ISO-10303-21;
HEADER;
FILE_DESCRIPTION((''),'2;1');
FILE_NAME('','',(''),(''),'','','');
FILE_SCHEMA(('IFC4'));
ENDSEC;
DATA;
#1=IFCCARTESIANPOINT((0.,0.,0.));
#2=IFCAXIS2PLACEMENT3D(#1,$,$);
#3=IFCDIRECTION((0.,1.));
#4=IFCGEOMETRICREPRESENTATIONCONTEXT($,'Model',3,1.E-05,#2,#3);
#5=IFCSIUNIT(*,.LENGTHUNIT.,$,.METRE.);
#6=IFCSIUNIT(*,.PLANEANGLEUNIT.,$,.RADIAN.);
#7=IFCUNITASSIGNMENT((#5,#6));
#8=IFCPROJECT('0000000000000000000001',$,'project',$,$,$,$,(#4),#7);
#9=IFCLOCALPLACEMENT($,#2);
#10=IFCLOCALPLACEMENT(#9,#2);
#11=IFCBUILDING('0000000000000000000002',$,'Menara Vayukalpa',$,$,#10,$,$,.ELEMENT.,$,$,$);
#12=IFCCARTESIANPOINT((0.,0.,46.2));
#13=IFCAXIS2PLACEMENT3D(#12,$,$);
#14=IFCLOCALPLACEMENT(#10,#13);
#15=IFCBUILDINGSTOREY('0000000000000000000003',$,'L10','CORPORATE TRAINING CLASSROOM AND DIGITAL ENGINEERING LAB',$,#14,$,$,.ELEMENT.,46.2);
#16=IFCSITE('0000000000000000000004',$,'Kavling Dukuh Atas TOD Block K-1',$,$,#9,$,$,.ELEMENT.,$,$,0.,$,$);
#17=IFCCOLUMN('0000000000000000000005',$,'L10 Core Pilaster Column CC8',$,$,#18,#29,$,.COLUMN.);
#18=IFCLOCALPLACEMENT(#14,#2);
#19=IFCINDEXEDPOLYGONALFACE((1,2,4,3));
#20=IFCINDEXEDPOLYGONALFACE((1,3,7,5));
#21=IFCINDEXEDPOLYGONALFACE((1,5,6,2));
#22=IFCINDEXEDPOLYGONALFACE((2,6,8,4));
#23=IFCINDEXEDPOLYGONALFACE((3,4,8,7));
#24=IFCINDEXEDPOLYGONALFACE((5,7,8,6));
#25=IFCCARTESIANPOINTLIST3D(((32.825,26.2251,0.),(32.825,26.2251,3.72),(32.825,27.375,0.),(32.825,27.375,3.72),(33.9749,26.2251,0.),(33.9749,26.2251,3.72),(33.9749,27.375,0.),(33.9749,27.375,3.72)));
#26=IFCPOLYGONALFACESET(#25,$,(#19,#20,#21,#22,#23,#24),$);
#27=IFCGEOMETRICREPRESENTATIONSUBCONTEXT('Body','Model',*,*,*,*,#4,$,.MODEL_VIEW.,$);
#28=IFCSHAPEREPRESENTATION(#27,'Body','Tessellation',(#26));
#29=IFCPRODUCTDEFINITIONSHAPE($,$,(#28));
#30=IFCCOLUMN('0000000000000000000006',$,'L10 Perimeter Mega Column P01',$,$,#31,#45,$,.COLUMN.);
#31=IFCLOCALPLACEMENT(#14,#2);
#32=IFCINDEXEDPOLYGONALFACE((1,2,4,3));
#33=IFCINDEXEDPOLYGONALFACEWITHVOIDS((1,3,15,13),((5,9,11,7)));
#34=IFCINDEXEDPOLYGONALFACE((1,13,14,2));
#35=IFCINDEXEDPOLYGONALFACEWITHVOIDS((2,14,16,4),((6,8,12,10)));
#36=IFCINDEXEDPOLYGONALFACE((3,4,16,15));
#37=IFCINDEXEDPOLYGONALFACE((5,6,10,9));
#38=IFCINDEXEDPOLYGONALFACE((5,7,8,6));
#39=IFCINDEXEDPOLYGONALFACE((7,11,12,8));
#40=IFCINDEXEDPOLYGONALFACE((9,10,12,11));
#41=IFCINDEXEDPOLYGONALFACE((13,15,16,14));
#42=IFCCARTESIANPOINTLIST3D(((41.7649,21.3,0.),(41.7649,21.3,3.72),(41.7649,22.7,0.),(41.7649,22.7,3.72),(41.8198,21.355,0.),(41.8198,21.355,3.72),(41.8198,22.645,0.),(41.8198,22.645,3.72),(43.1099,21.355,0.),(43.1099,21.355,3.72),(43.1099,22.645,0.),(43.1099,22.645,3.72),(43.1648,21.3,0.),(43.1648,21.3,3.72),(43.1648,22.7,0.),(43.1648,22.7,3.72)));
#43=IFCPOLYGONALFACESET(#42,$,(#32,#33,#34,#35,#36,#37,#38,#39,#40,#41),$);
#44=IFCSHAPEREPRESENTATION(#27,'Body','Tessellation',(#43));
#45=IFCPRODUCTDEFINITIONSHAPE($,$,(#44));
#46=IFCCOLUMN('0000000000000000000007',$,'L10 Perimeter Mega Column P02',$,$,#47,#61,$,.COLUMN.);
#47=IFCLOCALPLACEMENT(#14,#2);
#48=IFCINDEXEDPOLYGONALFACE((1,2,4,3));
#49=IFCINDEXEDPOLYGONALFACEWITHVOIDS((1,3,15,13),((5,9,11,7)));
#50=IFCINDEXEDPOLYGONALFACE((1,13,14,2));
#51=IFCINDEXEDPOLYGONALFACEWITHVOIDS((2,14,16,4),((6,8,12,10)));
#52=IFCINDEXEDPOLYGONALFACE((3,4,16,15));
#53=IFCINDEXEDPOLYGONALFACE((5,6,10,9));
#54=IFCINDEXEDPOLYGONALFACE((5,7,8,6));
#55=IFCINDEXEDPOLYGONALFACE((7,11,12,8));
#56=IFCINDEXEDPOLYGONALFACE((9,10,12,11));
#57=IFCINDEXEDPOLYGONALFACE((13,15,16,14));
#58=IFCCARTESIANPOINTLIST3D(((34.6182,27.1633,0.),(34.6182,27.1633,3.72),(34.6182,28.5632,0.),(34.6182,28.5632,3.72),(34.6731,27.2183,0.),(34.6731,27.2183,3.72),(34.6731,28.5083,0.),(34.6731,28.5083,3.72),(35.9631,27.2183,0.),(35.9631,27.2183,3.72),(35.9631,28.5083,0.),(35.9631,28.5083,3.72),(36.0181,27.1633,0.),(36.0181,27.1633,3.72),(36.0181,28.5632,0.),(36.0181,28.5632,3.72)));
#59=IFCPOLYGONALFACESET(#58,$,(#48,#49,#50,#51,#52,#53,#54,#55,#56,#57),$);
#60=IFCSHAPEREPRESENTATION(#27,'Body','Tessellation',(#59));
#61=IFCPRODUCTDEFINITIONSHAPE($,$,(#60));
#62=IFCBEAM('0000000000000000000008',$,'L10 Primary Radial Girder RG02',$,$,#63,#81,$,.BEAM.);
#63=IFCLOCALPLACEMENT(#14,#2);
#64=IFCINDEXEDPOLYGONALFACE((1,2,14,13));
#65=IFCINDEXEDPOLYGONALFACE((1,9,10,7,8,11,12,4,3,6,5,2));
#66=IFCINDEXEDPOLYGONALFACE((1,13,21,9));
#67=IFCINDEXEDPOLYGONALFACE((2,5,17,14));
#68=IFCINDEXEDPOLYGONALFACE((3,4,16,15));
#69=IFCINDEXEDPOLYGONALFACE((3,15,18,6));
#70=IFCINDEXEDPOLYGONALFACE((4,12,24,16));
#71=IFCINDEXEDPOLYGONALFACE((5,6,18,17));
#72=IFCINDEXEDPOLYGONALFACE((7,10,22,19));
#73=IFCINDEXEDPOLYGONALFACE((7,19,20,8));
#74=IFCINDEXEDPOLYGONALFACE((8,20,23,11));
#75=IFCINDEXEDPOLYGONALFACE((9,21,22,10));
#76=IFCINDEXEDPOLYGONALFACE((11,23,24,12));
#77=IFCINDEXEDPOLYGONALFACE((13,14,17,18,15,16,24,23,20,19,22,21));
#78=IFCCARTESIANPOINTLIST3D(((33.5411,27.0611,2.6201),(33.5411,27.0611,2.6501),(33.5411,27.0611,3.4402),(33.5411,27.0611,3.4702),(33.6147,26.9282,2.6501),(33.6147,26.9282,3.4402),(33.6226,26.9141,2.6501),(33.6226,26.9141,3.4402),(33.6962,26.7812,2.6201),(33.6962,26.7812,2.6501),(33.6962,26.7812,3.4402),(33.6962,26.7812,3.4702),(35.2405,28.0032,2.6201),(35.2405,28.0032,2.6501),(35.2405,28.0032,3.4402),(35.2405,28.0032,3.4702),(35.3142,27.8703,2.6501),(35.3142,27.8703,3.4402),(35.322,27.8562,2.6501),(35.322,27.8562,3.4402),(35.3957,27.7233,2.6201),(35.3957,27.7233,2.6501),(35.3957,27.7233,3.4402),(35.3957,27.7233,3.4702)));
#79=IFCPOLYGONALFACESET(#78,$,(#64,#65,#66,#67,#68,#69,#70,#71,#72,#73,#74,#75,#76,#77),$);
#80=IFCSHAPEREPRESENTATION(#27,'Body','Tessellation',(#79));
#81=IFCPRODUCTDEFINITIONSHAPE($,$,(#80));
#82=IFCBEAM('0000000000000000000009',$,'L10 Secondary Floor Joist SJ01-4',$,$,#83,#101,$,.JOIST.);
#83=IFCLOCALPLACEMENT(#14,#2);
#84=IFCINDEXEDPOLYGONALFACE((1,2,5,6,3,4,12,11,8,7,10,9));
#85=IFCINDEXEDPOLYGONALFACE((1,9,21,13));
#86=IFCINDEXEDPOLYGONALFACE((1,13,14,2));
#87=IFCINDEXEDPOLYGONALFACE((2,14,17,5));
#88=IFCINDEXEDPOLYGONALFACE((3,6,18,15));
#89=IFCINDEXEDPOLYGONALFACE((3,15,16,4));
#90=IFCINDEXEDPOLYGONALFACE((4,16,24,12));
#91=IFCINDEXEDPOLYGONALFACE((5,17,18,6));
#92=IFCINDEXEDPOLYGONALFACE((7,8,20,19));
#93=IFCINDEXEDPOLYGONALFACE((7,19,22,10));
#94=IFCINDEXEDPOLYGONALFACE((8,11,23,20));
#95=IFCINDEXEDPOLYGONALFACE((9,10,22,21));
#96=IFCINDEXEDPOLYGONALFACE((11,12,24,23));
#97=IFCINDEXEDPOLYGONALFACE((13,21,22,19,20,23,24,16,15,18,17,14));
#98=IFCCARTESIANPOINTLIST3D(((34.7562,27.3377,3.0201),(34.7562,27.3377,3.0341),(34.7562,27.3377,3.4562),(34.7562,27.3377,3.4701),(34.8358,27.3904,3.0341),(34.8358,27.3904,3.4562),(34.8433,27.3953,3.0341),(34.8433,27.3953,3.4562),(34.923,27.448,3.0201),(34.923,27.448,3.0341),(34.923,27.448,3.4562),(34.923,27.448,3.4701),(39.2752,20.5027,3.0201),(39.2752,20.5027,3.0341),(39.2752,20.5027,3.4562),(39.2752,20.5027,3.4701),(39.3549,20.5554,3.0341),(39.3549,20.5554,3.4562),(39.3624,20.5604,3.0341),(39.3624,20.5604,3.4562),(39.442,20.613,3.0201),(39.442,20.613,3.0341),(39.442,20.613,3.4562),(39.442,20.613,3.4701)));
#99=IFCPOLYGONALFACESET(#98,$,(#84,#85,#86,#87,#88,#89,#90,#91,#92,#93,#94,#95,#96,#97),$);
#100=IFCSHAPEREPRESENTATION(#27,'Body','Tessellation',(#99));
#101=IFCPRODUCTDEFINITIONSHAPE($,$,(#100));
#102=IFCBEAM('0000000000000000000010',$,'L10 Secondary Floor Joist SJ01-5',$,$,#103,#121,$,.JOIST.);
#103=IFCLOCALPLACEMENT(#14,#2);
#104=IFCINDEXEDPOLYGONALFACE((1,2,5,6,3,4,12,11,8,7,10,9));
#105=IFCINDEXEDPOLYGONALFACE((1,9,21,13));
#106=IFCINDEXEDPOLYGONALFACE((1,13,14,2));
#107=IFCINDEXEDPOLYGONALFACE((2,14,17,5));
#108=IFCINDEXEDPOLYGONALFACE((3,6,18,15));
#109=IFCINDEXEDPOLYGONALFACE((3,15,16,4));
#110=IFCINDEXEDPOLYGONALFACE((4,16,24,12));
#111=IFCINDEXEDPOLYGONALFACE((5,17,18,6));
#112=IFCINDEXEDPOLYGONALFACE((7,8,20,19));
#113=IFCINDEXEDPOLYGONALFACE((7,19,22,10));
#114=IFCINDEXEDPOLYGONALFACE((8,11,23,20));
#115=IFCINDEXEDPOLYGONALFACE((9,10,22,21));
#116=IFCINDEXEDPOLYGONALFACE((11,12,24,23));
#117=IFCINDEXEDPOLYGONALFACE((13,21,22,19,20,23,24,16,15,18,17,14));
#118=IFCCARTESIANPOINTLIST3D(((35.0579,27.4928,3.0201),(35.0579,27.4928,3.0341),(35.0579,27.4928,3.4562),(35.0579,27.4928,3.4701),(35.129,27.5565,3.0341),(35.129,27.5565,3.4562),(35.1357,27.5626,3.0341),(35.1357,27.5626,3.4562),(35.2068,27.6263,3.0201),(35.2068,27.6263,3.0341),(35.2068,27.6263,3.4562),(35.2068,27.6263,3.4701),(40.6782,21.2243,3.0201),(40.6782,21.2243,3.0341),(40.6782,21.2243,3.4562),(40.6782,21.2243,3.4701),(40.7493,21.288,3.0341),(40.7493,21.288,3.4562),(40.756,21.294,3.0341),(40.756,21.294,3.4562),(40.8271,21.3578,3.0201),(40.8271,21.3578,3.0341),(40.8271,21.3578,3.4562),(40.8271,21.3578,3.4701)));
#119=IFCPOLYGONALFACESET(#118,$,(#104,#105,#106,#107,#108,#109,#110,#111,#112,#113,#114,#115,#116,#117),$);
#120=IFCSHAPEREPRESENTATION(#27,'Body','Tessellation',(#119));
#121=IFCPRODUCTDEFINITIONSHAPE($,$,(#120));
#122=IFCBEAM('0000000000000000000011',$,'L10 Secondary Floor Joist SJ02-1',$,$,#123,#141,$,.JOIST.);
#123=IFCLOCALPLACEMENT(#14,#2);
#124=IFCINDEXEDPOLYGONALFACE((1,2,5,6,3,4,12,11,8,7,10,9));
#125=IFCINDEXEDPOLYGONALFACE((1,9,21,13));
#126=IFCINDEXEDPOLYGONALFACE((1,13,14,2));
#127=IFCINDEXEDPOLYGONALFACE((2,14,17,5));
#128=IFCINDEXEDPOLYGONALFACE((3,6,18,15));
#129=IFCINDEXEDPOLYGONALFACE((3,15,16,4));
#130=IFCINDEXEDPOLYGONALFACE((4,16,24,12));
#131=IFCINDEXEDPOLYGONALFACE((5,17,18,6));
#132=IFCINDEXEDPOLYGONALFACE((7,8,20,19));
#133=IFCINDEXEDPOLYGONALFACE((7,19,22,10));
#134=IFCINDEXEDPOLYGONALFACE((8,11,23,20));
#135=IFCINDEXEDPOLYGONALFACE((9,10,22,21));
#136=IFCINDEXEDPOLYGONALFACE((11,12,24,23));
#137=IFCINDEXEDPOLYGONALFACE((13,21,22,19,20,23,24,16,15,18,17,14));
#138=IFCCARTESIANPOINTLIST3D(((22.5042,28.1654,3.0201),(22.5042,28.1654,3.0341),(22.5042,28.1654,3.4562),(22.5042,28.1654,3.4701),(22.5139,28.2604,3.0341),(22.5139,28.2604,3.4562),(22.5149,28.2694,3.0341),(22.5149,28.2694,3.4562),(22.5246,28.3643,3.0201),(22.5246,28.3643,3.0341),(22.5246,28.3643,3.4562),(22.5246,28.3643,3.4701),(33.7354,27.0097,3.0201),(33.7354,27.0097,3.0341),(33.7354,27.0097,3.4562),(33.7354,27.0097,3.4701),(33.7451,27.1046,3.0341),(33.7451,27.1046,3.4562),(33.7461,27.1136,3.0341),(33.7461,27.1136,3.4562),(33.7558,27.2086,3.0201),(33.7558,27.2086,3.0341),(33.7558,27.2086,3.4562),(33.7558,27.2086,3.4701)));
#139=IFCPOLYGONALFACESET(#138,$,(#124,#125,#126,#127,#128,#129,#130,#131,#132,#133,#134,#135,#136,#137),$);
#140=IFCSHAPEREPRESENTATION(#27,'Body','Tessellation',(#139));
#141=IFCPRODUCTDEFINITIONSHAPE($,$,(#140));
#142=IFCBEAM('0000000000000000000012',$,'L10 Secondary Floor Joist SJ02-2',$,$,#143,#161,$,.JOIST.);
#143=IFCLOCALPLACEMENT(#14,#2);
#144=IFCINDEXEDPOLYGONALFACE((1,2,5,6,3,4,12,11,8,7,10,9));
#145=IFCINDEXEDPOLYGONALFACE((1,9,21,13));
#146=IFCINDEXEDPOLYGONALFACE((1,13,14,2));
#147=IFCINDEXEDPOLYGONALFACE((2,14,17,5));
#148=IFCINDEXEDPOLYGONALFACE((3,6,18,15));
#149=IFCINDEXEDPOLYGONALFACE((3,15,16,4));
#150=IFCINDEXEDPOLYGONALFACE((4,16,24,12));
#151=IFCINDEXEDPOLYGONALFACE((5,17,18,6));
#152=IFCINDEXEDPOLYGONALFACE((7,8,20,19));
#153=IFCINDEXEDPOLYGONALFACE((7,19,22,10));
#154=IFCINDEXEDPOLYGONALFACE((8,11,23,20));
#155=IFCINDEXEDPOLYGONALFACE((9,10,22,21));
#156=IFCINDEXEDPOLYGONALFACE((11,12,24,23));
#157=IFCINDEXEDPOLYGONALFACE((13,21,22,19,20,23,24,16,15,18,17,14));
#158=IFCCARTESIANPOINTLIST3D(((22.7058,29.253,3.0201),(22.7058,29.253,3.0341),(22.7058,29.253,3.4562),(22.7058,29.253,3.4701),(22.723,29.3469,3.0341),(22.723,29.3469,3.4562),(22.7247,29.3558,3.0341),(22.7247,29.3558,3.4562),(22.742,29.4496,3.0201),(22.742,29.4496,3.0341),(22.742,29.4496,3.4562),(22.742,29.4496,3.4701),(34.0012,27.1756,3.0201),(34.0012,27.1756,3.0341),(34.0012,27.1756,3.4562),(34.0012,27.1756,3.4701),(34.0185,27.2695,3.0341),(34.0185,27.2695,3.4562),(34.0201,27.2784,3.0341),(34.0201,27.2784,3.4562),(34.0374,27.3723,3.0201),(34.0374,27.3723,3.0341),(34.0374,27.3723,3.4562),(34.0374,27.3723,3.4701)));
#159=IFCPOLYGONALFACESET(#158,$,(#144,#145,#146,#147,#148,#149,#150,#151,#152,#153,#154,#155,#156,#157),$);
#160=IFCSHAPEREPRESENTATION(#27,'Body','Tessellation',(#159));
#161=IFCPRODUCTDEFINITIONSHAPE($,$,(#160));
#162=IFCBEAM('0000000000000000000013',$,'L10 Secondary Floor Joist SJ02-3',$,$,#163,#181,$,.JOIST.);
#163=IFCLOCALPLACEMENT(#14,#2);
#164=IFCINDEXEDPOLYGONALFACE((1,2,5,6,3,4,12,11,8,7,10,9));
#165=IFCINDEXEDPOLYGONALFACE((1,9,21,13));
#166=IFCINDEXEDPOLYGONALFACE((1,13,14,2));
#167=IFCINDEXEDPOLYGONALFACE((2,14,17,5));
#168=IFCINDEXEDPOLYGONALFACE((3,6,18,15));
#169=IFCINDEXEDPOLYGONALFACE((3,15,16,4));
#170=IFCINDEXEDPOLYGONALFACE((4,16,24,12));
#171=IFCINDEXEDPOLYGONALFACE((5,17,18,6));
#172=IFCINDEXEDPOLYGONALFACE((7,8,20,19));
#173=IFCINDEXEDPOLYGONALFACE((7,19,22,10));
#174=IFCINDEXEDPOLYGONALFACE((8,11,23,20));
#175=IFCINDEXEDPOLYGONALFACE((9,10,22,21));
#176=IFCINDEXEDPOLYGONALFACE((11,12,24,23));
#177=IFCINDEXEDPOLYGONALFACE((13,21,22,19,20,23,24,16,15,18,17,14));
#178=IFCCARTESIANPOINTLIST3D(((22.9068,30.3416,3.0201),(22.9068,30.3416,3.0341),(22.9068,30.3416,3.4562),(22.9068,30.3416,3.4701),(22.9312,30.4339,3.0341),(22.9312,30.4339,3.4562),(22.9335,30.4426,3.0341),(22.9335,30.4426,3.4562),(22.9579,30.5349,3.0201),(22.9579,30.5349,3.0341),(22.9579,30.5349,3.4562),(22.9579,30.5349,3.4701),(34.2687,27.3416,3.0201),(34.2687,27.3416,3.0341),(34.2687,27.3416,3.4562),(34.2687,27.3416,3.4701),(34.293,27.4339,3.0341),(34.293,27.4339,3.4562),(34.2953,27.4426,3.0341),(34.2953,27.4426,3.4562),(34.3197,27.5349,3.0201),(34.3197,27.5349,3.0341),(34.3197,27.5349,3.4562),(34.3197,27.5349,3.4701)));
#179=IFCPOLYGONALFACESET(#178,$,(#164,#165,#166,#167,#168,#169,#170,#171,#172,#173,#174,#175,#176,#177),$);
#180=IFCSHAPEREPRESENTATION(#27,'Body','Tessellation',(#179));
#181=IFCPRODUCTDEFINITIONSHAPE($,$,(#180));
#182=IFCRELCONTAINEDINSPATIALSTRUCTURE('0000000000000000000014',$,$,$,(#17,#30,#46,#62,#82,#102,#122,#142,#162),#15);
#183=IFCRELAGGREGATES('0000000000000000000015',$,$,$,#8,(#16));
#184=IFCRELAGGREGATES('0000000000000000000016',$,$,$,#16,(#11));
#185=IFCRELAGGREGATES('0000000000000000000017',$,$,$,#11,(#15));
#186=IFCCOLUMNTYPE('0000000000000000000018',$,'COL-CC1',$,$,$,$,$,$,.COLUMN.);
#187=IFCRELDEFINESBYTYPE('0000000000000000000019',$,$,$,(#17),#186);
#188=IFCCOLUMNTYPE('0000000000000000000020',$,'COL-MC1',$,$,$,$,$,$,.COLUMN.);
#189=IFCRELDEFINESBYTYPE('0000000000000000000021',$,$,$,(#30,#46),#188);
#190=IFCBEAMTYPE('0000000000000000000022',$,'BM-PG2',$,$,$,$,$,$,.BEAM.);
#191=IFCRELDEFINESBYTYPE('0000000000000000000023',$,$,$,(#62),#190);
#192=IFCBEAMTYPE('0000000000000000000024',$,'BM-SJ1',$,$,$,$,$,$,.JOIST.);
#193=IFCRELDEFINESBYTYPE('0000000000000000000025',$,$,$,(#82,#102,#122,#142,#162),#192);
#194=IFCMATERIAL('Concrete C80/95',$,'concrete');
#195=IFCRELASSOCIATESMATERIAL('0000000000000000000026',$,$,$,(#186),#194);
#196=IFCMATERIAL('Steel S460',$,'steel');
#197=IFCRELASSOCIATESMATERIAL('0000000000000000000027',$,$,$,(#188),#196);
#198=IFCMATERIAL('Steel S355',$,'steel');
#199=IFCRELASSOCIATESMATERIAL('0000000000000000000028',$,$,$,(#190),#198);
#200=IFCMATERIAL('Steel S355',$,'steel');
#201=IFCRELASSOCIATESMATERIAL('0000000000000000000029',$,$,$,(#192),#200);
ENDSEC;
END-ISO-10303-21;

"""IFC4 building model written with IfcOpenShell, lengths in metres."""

from ifc_helpers import new_model, si_unit, direction, frame, origin, origin_2d, place, context, subcontext, project, spatial, rectangle, hollow_rectangle, i_section, extrude, material, material_profile, profile_set, type_object, element, save


model = new_model("IFC4")

# Units and contexts
model_context = context("Model", 3, precision=1e-05, world=origin(), true_north=direction((0.0, 1.0)))
body_context = subcontext(model_context, "Body", "Model", "MODEL_VIEW")
ifc_project = project(units=[si_unit("LENGTHUNIT", "METRE"), si_unit("PLANEANGLEUNIT", "RADIAN")], contexts=[model_context])

# Site, building, storey
site_placement = place(None, origin())
site = spatial("IfcSite", under=ifc_project, at=site_placement, Name="Kavling Dukuh Atas TOD Block K-1", CompositionType="ELEMENT", RefElevation=0.0)
building_placement = place(site_placement, origin())
building = spatial("IfcBuilding", under=site, at=building_placement, Name="Menara Vayukalpa", CompositionType="ELEMENT")
storey_placement = place(building_placement, frame((0.0, 0.0, 46.2)))
storey = spatial("IfcBuildingStorey", under=building, at=storey_placement, Name="L10", Description="CORPORATE TRAINING CLASSROOM AND DIGITAL ENGINEERING LAB", CompositionType="ELEMENT", Elevation=46.2)

# Columns
ifc_material_1 = material(Name="Concrete C80/95", Category="concrete")
ifc_material_profile_1 = material_profile(ifc_material_1, rectangle(XDim=1.1499, YDim=1.1499, at=origin_2d()), Name="RC 1150x1150")
ifc_profile_set_1 = profile_set([ifc_material_profile_1], Name="Concrete C80/95")
column_type_1 = type_object("IfcColumnType", Name="COL-CC1", PredefinedType="COLUMN", material=ifc_profile_set_1)
column_placement = place(storey_placement, frame((33.3999, 26.8, 0.0), z_axis=(0.0, 0.0, 1.0), x_axis=(1.0, 0.0, 0.0)))
element("IfcColumn", 1, at=column_placement, inside=storey, type_object=column_type_1, Name="L10 Core Pilaster Column CC8", PredefinedType="COLUMN", context=body_context, shape_type="SweptSolid", body=[
    extrude(rectangle(XDim=1.1499, YDim=1.1499, at=origin_2d()), origin(), (0.0, 0.0, 1.0), 3.72),
])
ifc_material_2 = material(Name="Steel S460", Category="steel")
ifc_material_profile_2 = material_profile(ifc_material_2, hollow_rectangle(XDim=1.3999, YDim=1.3999, WallThickness=0.0549, at=origin_2d()), Name="BOX 1400x1400x55")
ifc_profile_set_2 = profile_set([ifc_material_profile_2], Name="Steel S460")
column_type_2 = type_object("IfcColumnType", Name="COL-MC1", PredefinedType="COLUMN", material=ifc_profile_set_2)
for number, where, z_axis, x_axis, name in (
    (2, (42.4648, 22.0, 0.0), (0.0, 0.0, 1.0), (1.0, 0.0, 0.0), "L10 Perimeter Mega Column P01"),
    (3, (35.3181, 27.8633, 0.0), (0.0, 0.0, 1.0), (1.0, 0.0, 0.0), "L10 Perimeter Mega Column P02"),
):
    element("IfcColumn", number, at=place(storey_placement, frame(where, z_axis=z_axis, x_axis=x_axis)), inside=storey, type_object=column_type_2, Name=name, PredefinedType="COLUMN", context=body_context, shape_type="SweptSolid", body=[
        extrude(hollow_rectangle(XDim=1.3999, YDim=1.3999, WallThickness=0.0549, at=origin_2d()), origin(), (0.0, 0.0, 1.0), 3.72),
    ])

# Beams
ifc_material_3 = material(Name="Steel S355", Category="steel")
ifc_material_profile_3 = material_profile(ifc_material_3, i_section(OverallWidth=0.3201, OverallDepth=0.8501, WebThickness=0.0161, FlangeThickness=0.03, at=origin_2d()), Name="WF 850x320x16x30")
ifc_profile_set_3 = profile_set([ifc_material_profile_3], Name="Steel S355")
beam_type_1 = type_object("IfcBeamType", Name="BM-PG2", PredefinedType="BEAM", material=ifc_profile_set_3)
beam_1_placement = place(storey_placement, frame((33.6187, 26.9211, 3.0452), z_axis=(0.874595, 0.484853, 0.0), x_axis=(-0.484853, 0.874595, 0.0)))
element("IfcBeam", 4, at=beam_1_placement, inside=storey, type_object=beam_type_1, Name="L10 Primary Radial Girder RG02", PredefinedType="BEAM", context=body_context, shape_type="SweptSolid", body=[
    extrude(i_section(OverallWidth=0.3201, OverallDepth=0.8501, WebThickness=0.0161, FlangeThickness=0.03, at=origin_2d()), origin(), (0.0, 0.0, 1.0), 1.9431),
])
ifc_material_4 = material(Name="Steel S355", Category="steel")
ifc_material_profile_4 = material_profile(ifc_material_4, i_section(OverallWidth=0.2, OverallDepth=0.45, WebThickness=0.009, FlangeThickness=0.0139, at=origin_2d()), Name="WF 450x200x9x14")
ifc_profile_set_4 = profile_set([ifc_material_profile_4], Name="Steel S355")
beam_type_2 = type_object("IfcBeamType", Name="BM-SJ1", PredefinedType="JOIST", material=ifc_profile_set_4)
beam_2_placement = place(storey_placement, frame((39.3586, 20.5579, 3.2451), z_axis=(-0.551519, 0.834162, 0.0), x_axis=(-0.834162, -0.551519, 0.0)))
element("IfcBeam", 5, at=beam_2_placement, inside=storey, type_object=beam_type_2, Name="L10 Secondary Floor Joist SJ01-4", PredefinedType="JOIST", context=body_context, shape_type="SweptSolid", body=[
    extrude(i_section(OverallWidth=0.2, OverallDepth=0.45, WebThickness=0.009, FlangeThickness=0.0139, at=origin_2d()), origin(), (0.0, 0.0, 1.0), 8.1938),
])
beam_3_placement = place(storey_placement, frame((40.7527, 21.291, 3.2451), z_axis=(-0.667563, 0.744553, 0.0), x_axis=(-0.744553, -0.667563, 0.0)))
element("IfcBeam", 6, at=beam_3_placement, inside=storey, type_object=beam_type_2, Name="L10 Secondary Floor Joist SJ01-5", PredefinedType="JOIST", context=body_context, shape_type="SweptSolid", body=[
    extrude(i_section(OverallWidth=0.2, OverallDepth=0.45, WebThickness=0.009, FlangeThickness=0.0139, at=origin_2d()), origin(), (0.0, 0.0, 1.0), 8.4192),
])
beam_4_placement = place(storey_placement, frame((33.7456, 27.1091, 3.2451), z_axis=(-0.994747, 0.102366, 0.0), x_axis=(-0.102366, -0.994747, 0.0)))
element("IfcBeam", 7, at=beam_4_placement, inside=storey, type_object=beam_type_2, Name="L10 Secondary Floor Joist SJ02-1", PredefinedType="JOIST", context=body_context, shape_type="SweptSolid", body=[
    extrude(i_section(OverallWidth=0.2, OverallDepth=0.45, WebThickness=0.009, FlangeThickness=0.0139, at=origin_2d()), origin(), (0.0, 0.0, 1.0), 11.2905),
])
beam_5_placement = place(storey_placement, frame((34.0193, 27.2739, 3.2451), z_axis=(-0.983505, 0.180881, 0.0), x_axis=(-0.180881, -0.983505, 0.0)))
element("IfcBeam", 8, at=beam_5_placement, inside=storey, type_object=beam_type_2, Name="L10 Secondary Floor Joist SJ02-2", PredefinedType="JOIST", context=body_context, shape_type="SweptSolid", body=[
    extrude(i_section(OverallWidth=0.2, OverallDepth=0.45, WebThickness=0.009, FlangeThickness=0.0139, at=origin_2d()), origin(), (0.0, 0.0, 1.0), 11.4849),
])
beam_6_placement = place(storey_placement, frame((34.2942, 27.4382, 3.2451), z_axis=(-0.966864, 0.255293, 0.0), x_axis=(-0.255293, -0.966864, 0.0)))
element("IfcBeam", 9, at=beam_6_placement, inside=storey, type_object=beam_type_2, Name="L10 Secondary Floor Joist SJ02-3", PredefinedType="JOIST", context=body_context, shape_type="SweptSolid", body=[
    extrude(i_section(OverallWidth=0.2, OverallDepth=0.45, WebThickness=0.009, FlangeThickness=0.0139, at=origin_2d()), origin(), (0.0, 0.0, 1.0), 11.7512),
])

save(model, "model.ifc")
